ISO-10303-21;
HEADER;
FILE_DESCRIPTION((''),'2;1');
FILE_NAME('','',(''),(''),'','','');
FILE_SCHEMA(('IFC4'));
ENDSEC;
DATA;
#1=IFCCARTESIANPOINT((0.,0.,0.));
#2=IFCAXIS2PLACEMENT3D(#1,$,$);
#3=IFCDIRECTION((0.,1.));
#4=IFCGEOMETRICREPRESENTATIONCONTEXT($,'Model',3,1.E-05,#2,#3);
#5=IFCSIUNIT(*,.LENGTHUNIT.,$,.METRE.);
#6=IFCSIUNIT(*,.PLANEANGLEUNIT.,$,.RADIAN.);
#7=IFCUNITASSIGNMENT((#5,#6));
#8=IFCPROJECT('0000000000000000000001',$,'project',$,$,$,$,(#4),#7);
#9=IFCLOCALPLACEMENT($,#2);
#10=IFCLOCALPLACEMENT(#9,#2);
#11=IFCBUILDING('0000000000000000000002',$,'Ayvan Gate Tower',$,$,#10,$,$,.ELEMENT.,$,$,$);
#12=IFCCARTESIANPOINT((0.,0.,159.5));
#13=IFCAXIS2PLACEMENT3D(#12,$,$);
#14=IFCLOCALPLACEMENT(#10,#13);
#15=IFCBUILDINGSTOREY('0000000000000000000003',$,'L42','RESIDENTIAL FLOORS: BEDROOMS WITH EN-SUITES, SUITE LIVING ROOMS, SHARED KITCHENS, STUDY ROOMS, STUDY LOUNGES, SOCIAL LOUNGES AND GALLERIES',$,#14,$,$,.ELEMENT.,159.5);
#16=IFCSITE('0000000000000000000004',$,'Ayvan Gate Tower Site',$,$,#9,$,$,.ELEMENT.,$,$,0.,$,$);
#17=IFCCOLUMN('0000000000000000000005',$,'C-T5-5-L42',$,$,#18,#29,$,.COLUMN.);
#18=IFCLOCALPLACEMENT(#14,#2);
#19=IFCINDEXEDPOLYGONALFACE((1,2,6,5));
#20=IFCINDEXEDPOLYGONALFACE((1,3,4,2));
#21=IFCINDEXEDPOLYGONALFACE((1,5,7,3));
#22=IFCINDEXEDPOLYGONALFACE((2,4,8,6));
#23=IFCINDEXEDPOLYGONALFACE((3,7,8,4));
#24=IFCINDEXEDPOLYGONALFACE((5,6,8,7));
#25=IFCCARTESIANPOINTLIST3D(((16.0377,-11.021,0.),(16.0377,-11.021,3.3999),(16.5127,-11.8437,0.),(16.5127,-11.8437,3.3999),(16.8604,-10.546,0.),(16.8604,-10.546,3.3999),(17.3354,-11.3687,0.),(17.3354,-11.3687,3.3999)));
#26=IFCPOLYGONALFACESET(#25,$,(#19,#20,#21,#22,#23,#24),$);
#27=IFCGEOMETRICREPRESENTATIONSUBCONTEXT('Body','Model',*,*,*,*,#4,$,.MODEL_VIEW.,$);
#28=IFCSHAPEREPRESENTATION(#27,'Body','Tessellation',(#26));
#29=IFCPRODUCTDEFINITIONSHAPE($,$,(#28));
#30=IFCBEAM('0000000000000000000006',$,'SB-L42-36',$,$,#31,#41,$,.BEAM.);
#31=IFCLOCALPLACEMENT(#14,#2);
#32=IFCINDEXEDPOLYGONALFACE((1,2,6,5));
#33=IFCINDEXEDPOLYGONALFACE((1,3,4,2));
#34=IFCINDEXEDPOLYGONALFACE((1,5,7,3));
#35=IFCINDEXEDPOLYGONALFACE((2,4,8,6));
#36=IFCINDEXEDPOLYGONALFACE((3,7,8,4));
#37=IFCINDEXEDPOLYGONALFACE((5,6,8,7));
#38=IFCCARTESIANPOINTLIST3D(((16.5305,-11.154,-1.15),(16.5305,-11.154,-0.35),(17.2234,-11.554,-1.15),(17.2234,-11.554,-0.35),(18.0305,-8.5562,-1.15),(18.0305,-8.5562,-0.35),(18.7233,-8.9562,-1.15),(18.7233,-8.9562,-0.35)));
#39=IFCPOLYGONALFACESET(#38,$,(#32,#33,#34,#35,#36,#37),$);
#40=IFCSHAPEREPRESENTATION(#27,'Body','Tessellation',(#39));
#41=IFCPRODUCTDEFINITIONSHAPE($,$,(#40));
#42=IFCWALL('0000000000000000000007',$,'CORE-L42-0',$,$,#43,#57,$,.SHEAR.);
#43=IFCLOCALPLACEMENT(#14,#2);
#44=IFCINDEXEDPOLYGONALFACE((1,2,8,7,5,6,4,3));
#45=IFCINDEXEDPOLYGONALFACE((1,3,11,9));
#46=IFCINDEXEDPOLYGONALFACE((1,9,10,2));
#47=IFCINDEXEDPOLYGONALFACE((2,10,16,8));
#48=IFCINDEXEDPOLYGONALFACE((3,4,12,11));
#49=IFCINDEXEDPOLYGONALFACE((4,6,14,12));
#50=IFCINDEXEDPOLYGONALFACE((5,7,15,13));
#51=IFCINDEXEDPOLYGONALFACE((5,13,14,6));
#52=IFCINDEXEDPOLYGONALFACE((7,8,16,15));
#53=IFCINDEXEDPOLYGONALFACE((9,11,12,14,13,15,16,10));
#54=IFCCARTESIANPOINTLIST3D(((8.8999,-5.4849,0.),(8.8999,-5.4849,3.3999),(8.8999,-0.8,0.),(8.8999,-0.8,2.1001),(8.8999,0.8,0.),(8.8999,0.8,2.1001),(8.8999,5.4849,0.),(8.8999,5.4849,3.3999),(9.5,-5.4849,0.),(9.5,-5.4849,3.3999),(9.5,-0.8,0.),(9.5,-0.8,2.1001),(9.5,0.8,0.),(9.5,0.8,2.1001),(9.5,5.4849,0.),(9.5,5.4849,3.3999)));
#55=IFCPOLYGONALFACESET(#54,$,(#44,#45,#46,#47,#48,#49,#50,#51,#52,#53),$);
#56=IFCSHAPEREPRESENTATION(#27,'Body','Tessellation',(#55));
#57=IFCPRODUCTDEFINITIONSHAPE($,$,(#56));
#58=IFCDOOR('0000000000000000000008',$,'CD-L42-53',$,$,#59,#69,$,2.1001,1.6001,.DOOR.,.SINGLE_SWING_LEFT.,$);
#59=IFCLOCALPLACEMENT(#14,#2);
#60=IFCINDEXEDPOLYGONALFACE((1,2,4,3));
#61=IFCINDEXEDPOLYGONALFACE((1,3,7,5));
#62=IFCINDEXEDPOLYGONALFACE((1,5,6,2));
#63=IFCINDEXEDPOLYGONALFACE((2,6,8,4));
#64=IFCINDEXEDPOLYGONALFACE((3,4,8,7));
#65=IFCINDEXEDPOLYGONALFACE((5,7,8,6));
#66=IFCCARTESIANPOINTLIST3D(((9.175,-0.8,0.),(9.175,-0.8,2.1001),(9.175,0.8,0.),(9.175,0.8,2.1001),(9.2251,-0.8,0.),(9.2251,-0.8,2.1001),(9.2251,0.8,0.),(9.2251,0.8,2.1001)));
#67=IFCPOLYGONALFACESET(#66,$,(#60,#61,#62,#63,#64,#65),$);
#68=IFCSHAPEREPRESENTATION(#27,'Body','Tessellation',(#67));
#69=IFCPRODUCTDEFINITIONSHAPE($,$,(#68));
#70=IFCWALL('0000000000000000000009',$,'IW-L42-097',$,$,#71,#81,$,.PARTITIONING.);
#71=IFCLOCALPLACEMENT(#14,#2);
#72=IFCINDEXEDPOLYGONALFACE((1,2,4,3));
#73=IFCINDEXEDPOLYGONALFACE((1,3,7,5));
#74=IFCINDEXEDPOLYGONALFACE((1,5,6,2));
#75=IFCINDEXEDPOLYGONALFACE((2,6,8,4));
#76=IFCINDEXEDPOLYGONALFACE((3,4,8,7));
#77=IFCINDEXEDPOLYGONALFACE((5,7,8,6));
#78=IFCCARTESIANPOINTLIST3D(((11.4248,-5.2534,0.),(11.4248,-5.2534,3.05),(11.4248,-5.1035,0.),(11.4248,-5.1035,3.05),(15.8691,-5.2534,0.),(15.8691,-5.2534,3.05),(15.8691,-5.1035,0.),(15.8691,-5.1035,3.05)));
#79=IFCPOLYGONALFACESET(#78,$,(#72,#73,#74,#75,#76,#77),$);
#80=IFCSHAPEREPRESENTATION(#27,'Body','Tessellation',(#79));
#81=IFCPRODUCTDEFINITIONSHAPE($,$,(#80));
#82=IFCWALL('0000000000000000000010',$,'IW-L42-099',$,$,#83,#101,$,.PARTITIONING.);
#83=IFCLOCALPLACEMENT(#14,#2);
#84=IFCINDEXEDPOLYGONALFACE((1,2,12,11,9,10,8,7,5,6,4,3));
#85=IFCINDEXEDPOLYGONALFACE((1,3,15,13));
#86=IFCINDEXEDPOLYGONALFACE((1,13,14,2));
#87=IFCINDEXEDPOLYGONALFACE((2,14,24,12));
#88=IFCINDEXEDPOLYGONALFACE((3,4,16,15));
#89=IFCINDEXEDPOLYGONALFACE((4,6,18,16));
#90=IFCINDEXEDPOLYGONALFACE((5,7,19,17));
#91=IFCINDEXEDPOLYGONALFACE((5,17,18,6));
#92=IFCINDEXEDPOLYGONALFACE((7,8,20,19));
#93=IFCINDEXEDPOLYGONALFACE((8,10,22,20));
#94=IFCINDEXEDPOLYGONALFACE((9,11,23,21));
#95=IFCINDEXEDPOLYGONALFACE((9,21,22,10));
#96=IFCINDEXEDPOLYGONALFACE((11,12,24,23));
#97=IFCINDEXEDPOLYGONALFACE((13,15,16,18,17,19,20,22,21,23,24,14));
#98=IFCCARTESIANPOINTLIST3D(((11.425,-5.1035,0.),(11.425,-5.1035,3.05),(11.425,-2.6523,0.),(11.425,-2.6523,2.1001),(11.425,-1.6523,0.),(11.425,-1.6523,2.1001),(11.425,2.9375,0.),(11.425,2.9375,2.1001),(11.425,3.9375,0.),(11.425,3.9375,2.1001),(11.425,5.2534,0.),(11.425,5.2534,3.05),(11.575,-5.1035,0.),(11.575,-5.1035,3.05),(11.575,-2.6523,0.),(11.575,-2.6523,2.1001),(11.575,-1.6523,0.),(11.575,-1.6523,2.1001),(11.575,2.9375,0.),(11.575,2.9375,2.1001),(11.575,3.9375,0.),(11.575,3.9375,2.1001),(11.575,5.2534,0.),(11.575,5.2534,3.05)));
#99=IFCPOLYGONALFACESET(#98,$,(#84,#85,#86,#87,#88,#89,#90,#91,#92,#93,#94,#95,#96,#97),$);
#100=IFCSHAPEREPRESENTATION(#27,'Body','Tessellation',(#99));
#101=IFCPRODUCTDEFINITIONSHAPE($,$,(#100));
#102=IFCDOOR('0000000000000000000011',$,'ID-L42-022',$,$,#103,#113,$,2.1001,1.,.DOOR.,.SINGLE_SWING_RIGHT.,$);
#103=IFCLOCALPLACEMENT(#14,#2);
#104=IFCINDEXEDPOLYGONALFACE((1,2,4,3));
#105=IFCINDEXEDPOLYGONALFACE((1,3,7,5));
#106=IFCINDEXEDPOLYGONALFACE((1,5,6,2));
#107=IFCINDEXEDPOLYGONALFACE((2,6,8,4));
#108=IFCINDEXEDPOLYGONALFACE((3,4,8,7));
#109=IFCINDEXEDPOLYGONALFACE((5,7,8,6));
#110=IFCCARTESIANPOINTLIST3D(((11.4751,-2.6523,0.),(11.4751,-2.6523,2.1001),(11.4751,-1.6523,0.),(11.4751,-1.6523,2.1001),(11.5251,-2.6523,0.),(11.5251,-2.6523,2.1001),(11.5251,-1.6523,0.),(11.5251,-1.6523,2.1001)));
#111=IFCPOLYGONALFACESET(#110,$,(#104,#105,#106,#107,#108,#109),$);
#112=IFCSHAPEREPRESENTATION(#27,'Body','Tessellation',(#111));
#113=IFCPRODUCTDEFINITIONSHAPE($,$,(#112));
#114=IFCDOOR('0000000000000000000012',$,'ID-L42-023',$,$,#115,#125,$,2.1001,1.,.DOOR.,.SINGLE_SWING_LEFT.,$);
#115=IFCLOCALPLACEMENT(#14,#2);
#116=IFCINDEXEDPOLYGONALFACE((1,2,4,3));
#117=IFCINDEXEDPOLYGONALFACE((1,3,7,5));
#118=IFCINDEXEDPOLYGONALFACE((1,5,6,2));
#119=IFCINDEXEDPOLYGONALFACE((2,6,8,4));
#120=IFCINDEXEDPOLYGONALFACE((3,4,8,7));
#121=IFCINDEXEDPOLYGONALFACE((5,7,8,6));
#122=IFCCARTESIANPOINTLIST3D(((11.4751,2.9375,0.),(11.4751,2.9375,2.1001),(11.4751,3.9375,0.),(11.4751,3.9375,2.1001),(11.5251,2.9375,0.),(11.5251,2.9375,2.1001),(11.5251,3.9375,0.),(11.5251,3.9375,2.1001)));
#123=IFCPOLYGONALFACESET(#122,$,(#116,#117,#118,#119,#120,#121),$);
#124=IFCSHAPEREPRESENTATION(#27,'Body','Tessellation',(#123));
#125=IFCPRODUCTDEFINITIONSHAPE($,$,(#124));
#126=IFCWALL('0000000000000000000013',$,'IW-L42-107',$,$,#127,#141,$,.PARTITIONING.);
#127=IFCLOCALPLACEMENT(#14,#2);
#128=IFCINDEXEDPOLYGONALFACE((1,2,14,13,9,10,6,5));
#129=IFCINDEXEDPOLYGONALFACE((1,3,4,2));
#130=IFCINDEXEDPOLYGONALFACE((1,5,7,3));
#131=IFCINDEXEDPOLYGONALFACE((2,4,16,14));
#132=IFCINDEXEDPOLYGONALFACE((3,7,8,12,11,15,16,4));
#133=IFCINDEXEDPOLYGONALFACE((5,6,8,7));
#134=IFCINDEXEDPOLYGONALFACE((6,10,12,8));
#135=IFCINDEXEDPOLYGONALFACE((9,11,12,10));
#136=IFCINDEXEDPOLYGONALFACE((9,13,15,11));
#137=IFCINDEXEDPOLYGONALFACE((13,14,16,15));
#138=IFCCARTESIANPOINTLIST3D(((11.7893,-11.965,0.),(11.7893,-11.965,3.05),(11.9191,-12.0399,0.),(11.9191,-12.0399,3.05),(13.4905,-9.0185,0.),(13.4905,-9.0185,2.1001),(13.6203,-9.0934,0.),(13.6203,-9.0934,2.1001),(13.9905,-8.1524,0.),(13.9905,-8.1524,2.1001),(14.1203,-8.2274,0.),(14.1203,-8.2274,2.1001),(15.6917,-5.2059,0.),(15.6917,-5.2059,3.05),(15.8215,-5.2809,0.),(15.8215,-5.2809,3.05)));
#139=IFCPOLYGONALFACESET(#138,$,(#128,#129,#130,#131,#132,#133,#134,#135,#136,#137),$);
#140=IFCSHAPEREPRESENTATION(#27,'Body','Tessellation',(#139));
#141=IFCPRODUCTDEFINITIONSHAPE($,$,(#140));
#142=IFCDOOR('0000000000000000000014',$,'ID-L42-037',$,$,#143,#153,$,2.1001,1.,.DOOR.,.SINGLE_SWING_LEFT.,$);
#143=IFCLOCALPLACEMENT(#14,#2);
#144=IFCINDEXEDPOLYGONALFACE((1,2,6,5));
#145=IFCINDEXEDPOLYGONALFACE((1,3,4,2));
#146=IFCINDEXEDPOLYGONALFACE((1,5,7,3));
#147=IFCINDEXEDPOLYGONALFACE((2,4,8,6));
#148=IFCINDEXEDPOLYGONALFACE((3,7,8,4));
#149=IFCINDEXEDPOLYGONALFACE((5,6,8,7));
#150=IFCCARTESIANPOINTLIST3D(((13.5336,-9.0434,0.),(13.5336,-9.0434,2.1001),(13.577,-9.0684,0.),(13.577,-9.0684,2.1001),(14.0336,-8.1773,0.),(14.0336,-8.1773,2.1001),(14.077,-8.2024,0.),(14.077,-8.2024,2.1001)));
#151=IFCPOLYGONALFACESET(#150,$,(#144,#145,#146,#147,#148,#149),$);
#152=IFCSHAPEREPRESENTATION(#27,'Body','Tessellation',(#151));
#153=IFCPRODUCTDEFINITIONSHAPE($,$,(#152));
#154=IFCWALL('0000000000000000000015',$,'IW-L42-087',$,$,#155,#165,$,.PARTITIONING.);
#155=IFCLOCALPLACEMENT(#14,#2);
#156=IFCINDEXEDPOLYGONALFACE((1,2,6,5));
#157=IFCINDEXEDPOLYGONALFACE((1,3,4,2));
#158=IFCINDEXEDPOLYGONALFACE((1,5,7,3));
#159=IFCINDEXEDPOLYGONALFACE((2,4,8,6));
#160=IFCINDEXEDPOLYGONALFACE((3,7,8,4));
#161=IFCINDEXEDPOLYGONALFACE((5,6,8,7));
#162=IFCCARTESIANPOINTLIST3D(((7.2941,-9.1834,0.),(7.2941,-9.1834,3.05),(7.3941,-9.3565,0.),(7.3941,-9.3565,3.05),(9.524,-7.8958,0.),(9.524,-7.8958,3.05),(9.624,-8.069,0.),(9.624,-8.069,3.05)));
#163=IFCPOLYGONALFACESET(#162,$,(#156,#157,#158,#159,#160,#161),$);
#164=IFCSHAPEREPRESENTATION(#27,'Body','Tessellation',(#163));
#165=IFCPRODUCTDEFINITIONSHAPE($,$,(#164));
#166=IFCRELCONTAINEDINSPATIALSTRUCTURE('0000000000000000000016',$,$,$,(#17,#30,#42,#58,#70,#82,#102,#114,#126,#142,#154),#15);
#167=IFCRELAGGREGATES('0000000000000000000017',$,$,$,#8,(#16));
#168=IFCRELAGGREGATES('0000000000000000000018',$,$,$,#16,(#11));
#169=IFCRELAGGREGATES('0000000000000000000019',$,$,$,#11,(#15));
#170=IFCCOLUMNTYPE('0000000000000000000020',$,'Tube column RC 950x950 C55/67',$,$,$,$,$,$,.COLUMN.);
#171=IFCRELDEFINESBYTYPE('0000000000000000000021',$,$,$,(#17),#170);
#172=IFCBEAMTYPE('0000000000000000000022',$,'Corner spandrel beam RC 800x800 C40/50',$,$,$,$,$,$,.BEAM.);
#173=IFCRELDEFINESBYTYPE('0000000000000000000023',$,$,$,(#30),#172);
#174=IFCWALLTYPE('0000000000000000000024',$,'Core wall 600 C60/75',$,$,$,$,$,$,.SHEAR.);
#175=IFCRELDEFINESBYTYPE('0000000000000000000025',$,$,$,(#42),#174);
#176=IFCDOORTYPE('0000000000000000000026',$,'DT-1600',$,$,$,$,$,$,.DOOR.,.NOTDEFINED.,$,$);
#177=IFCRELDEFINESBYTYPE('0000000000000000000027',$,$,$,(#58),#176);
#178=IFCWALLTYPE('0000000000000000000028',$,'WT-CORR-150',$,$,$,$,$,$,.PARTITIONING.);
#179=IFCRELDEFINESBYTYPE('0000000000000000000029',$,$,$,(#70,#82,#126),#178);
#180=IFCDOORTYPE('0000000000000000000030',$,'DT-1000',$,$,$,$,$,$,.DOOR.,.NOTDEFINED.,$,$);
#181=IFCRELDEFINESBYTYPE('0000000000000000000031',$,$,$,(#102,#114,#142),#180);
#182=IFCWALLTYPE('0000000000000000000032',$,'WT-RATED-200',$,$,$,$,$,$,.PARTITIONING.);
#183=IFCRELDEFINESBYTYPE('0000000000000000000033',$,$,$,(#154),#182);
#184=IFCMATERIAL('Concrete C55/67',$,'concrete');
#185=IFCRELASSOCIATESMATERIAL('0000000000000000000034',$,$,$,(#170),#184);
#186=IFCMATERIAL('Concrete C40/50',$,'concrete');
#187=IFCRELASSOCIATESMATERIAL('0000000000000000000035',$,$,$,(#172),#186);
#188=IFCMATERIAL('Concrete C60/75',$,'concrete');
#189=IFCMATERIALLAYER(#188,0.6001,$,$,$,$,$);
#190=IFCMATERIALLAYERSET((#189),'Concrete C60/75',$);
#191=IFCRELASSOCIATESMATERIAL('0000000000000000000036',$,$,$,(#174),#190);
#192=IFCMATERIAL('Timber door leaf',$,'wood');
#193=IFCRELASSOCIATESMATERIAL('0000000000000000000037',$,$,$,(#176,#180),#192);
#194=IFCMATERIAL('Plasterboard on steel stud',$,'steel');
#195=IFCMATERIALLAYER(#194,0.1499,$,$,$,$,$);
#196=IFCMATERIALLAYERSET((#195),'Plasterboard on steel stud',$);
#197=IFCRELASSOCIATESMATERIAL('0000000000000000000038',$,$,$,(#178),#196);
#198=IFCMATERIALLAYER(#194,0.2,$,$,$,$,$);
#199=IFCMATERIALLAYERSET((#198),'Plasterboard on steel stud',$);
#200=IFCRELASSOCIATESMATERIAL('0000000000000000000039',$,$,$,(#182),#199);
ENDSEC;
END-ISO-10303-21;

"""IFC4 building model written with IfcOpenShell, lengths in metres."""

from ifc_helpers import new_model, si_unit, direction, frame, frame_2d, origin, origin_2d, place, context, subcontext, project, spatial, rectangle, extrude, material, layer, layer_set, material_profile, profile_set, type_object, element, fill, save


model = new_model("IFC4")

# Units and contexts
model_context = context("Model", 3, precision=1e-05, world=origin(), true_north=direction((0.0, 1.0)))
body_context = subcontext(model_context, "Body", "Model", "MODEL_VIEW")
ifc_project = project(units=[si_unit("LENGTHUNIT", "METRE"), si_unit("PLANEANGLEUNIT", "RADIAN")], contexts=[model_context])

# Site, building, storey
site_placement = place(None, origin())
site = spatial("IfcSite", under=ifc_project, at=site_placement, Name="Ayvan Gate Tower Site", CompositionType="ELEMENT", RefElevation=0.0)
building_placement = place(site_placement, origin())
building = spatial("IfcBuilding", under=site, at=building_placement, Name="Ayvan Gate Tower", CompositionType="ELEMENT")
storey_placement = place(building_placement, frame((0.0, 0.0, 159.5)))
storey = spatial("IfcBuildingStorey", under=building, at=storey_placement, Name="L42", Description="RESIDENTIAL FLOORS: BEDROOMS WITH EN-SUITES, SUITE LIVING ROOMS, SHARED KITCHENS, STUDY ROOMS, STUDY LOUNGES, SOCIAL LOUNGES AND GALLERIES", CompositionType="ELEMENT", Elevation=159.5)

# Column
ifc_material_1 = material(Name="Concrete C55/67", Category="concrete")
ifc_material_profile_1 = material_profile(ifc_material_1, rectangle(XDim=0.95, YDim=0.95, at=origin_2d()), Name="RC 950x950")
ifc_profile_set_1 = profile_set([ifc_material_profile_1], Name="Concrete C55/67")
column_type = type_object("IfcColumnType", Name="Tube column RC 950x950 C55/67", PredefinedType="COLUMN", material=ifc_profile_set_1)
column_placement = place(storey_placement, frame((16.6865, -11.1948, 0.0), z_axis=(0.0, 0.0, 1.0), x_axis=(0.5, -0.866025, 0.0)))
element("IfcColumn", 1, at=column_placement, inside=storey, type_object=column_type, Name="C-T5-5-L42", PredefinedType="COLUMN", context=body_context, shape_type="SweptSolid", body=[
    extrude(rectangle(XDim=0.95, YDim=0.95, at=origin_2d()), origin(), (0.0, 0.0, 1.0), 3.3999),
])

# Beam
ifc_material_2 = material(Name="Concrete C40/50", Category="concrete")
ifc_material_profile_2 = material_profile(ifc_material_2, rectangle(XDim=0.8, YDim=0.8, at=origin_2d()), Name="RC 800x800")
ifc_profile_set_2 = profile_set([ifc_material_profile_2], Name="Concrete C40/50")
beam_type = type_object("IfcBeamType", Name="Corner spandrel beam RC 800x800 C40/50", PredefinedType="BEAM", material=ifc_profile_set_2)
beam_placement = place(storey_placement, frame((16.877, -11.354, -0.75), z_axis=(0.500025, 0.866011, 0.0), x_axis=(-0.866011, 0.500025, 0.0)))
element("IfcBeam", 2, at=beam_placement, inside=storey, type_object=beam_type, Name="SB-L42-36", PredefinedType="BEAM", context=body_context, shape_type="SweptSolid", body=[
    extrude(rectangle(XDim=0.8, YDim=0.8, at=origin_2d()), origin(), (0.0, 0.0, 1.0), 2.9998),
])

# Wall, opening, door
ifc_material_3 = material(Name="Concrete C60/75", Category="concrete")
ifc_layer_1 = layer(ifc_material_3, 0.6001)
ifc_layer_set_1 = layer_set([ifc_layer_1], Name="Concrete C60/75")
wall_type_1 = type_object("IfcWallType", Name="Core wall 600 C60/75", PredefinedType="SHEAR", material=ifc_layer_set_1)
wall_1_placement = place(storey_placement, frame((9.2, -5.4849, 0.0), z_axis=(0.0, 0.0, 1.0), x_axis=(0.0, 1.0, 0.0)))
wall_1 = element("IfcWall", 3, at=wall_1_placement, inside=storey, type_object=wall_type_1, Name="CORE-L42-0", PredefinedType="SHEAR", context=body_context, shape_type="SweptSolid", body=[
    extrude(rectangle(XDim=10.9697, YDim=0.6001, at=frame_2d((5.4849, 0.0))), origin(), (0.0, 0.0, 1.0), 3.3999),
])
opening_1_placement = place(wall_1_placement, frame((4.6848, 0.0, 0.0)))
opening_1 = element("IfcOpeningElement", 4, at=opening_1_placement, cuts=wall_1, PredefinedType="OPENING", context=body_context, shape_type="SweptSolid", body=[
    extrude(rectangle(XDim=1.6001, YDim=2.1001, at=frame_2d((0.8, 1.05))), frame((0.0, 0.3101, 0.0), z_axis=(0.0, -1.0, 0.0), x_axis=(1.0, 0.0, 0.0)), (0.0, 0.0, 1.0), 0.6201),
])
ifc_material_4 = material(Name="Timber door leaf", Category="wood")
door_type_1 = type_object("IfcDoorType", Name="DT-1600", OperationType="NOTDEFINED", PredefinedType="DOOR", material=ifc_material_4)
door_1_placement = place(opening_1_placement, origin())
door_1 = element("IfcDoor", 5, at=door_1_placement, inside=storey, type_object=door_type_1, Name="CD-L42-53", OperationType="SINGLE_SWING_LEFT", OverallHeight=2.1001, OverallWidth=1.6001, PredefinedType="DOOR", context=body_context, shape_type="SweptSolid", body=[
    extrude(rectangle(XDim=1.6001, YDim=2.1001, at=frame_2d((0.8, 1.05))), frame((0.0, 0.0249, 0.0), z_axis=(0.0, -1.0, 0.0), x_axis=(1.0, 0.0, 0.0)), (0.0, 0.0, 1.0), 0.05),
])
fill(opening_1, door_1)

# Wall
ifc_material_5 = material(Name="Plasterboard on steel stud", Category="steel")
ifc_layer_2 = layer(ifc_material_5, 0.1499)
ifc_layer_set_2 = layer_set([ifc_layer_2], Name="Plasterboard on steel stud")
wall_type_2 = type_object("IfcWallType", Name="WT-CORR-150", PredefinedType="PARTITIONING", material=ifc_layer_set_2)
wall_2_placement = place(storey_placement, frame((11.4248, -5.1785, 0.0), z_axis=(0.0, 0.0, 1.0), x_axis=(1.0, 0.0, 0.0)))
element("IfcWall", 6, at=wall_2_placement, inside=storey, type_object=wall_type_2, Name="IW-L42-097", PredefinedType="PARTITIONING", context=body_context, shape_type="SweptSolid", body=[
    extrude(rectangle(XDim=4.4443, YDim=0.1499, at=frame_2d((2.2222, 0.0))), origin(), (0.0, 0.0, 1.0), 3.05),
])

# Wall, openings, doors
wall_3_placement = place(storey_placement, frame((11.5, -5.1035, 0.0), z_axis=(0.0, 0.0, 1.0), x_axis=(0.0, 1.0, 0.0)))
wall_3 = element("IfcWall", 7, at=wall_3_placement, inside=storey, type_object=wall_type_2, Name="IW-L42-099", PredefinedType="PARTITIONING", context=body_context, shape_type="SweptSolid", body=[
    extrude(rectangle(XDim=10.3569, YDim=0.1499, at=frame_2d((5.1785, 0.0))), origin(), (0.0, 0.0, 1.0), 3.05),
])
opening_2_placement = place(wall_3_placement, frame((2.4512, 0.0, 0.0)))
opening_2 = element("IfcOpeningElement", 8, at=opening_2_placement, cuts=wall_3, PredefinedType="OPENING", context=body_context, shape_type="SweptSolid", body=[
    extrude(rectangle(XDim=1.0, YDim=2.1001, at=frame_2d((0.5, 1.05))), frame((0.0, 0.085, 0.0), z_axis=(0.0, -1.0, 0.0), x_axis=(1.0, 0.0, 0.0)), (0.0, 0.0, 1.0), 0.1699),
])
opening_3_placement = place(wall_3_placement, frame((8.041, 0.0, 0.0)))
opening_3 = element("IfcOpeningElement", 9, at=opening_3_placement, cuts=wall_3, PredefinedType="OPENING", context=body_context, shape_type="SweptSolid", body=[
    extrude(rectangle(XDim=1.0, YDim=2.1001, at=frame_2d((0.5, 1.05))), frame((0.0, 0.085, 0.0), z_axis=(0.0, -1.0, 0.0), x_axis=(1.0, 0.0, 0.0)), (0.0, 0.0, 1.0), 0.1699),
])
door_type_2 = type_object("IfcDoorType", Name="DT-1000", OperationType="NOTDEFINED", PredefinedType="DOOR", material=ifc_material_4)
door_2_placement = place(opening_2_placement, origin())
door_2 = element("IfcDoor", 10, at=door_2_placement, inside=storey, type_object=door_type_2, Name="ID-L42-022", OperationType="SINGLE_SWING_RIGHT", OverallHeight=2.1001, OverallWidth=1.0, PredefinedType="DOOR", context=body_context, shape_type="SweptSolid", body=[
    extrude(rectangle(XDim=1.0, YDim=2.1001, at=frame_2d((0.5, 1.05))), frame((0.0, 0.0249, 0.0), z_axis=(0.0, -1.0, 0.0), x_axis=(1.0, 0.0, 0.0)), (0.0, 0.0, 1.0), 0.05),
])
fill(opening_2, door_2)
door_3_placement = place(opening_3_placement, origin())
door_3 = element("IfcDoor", 11, at=door_3_placement, inside=storey, type_object=door_type_2, Name="ID-L42-023", OperationType="SINGLE_SWING_LEFT", OverallHeight=2.1001, OverallWidth=1.0, PredefinedType="DOOR", context=body_context, shape_type="SweptSolid", body=[
    extrude(rectangle(XDim=1.0, YDim=2.1001, at=frame_2d((0.5, 1.05))), frame((0.0, 0.0249, 0.0), z_axis=(0.0, -1.0, 0.0), x_axis=(1.0, 0.0, 0.0)), (0.0, 0.0, 1.0), 0.05),
])
fill(opening_3, door_3)

# Wall, opening, door
wall_4_placement = place(storey_placement, frame((15.7566, -5.2434, 0.0), z_axis=(0.0, 0.0, 1.0), x_axis=(-0.500001, -0.866025, 0.0)))
wall_4 = element("IfcWall", 12, at=wall_4_placement, inside=storey, type_object=wall_type_2, Name="IW-L42-107", PredefinedType="PARTITIONING", context=body_context, shape_type="SweptSolid", body=[
    extrude(rectangle(XDim=7.8047, YDim=0.1499, at=frame_2d((3.9023, 0.0))), origin(), (0.0, 0.0, 1.0), 3.05),
])
opening_4_placement = place(wall_4_placement, frame((3.4023, 0.0, 0.0)))
opening_4 = element("IfcOpeningElement", 13, at=opening_4_placement, cuts=wall_4, PredefinedType="OPENING", context=body_context, shape_type="SweptSolid", body=[
    extrude(rectangle(XDim=1.0, YDim=2.1001, at=frame_2d((0.5, 1.05))), frame((0.0, 0.085, 0.0), z_axis=(0.0, -1.0, 0.0), x_axis=(1.0, 0.0, 0.0)), (0.0, 0.0, 1.0), 0.1699),
])
door_4_placement = place(opening_4_placement, origin())
door_4 = element("IfcDoor", 14, at=door_4_placement, inside=storey, type_object=door_type_2, Name="ID-L42-037", OperationType="SINGLE_SWING_LEFT", OverallHeight=2.1001, OverallWidth=1.0, PredefinedType="DOOR", context=body_context, shape_type="SweptSolid", body=[
    extrude(rectangle(XDim=1.0, YDim=2.1001, at=frame_2d((0.5, 1.05))), frame((0.0, 0.0249, 0.0), z_axis=(0.0, -1.0, 0.0), x_axis=(1.0, 0.0, 0.0)), (0.0, 0.0, 1.0), 0.05),
])
fill(opening_4, door_4)

# Wall
ifc_layer_3 = layer(ifc_material_5, 0.2)
ifc_layer_set_3 = layer_set([ifc_layer_3], Name="Plasterboard on steel stud")
wall_type_3 = type_object("IfcWallType", Name="WT-RATED-200", PredefinedType="PARTITIONING", material=ifc_layer_set_3)
wall_5_placement = place(storey_placement, frame((7.344, -9.27, 0.0), z_axis=(0.0, 0.0, 1.0), x_axis=(0.866006, 0.500034, 0.0)))
element("IfcWall", 15, at=wall_5_placement, inside=storey, type_object=wall_type_3, Name="IW-L42-087", PredefinedType="PARTITIONING", context=body_context, shape_type="SweptSolid", body=[
    extrude(rectangle(XDim=2.575, YDim=0.2, at=frame_2d((1.2876, 0.0))), origin(), (0.0, 0.0, 1.0), 3.05),
])

save(model, "model.ifc")
